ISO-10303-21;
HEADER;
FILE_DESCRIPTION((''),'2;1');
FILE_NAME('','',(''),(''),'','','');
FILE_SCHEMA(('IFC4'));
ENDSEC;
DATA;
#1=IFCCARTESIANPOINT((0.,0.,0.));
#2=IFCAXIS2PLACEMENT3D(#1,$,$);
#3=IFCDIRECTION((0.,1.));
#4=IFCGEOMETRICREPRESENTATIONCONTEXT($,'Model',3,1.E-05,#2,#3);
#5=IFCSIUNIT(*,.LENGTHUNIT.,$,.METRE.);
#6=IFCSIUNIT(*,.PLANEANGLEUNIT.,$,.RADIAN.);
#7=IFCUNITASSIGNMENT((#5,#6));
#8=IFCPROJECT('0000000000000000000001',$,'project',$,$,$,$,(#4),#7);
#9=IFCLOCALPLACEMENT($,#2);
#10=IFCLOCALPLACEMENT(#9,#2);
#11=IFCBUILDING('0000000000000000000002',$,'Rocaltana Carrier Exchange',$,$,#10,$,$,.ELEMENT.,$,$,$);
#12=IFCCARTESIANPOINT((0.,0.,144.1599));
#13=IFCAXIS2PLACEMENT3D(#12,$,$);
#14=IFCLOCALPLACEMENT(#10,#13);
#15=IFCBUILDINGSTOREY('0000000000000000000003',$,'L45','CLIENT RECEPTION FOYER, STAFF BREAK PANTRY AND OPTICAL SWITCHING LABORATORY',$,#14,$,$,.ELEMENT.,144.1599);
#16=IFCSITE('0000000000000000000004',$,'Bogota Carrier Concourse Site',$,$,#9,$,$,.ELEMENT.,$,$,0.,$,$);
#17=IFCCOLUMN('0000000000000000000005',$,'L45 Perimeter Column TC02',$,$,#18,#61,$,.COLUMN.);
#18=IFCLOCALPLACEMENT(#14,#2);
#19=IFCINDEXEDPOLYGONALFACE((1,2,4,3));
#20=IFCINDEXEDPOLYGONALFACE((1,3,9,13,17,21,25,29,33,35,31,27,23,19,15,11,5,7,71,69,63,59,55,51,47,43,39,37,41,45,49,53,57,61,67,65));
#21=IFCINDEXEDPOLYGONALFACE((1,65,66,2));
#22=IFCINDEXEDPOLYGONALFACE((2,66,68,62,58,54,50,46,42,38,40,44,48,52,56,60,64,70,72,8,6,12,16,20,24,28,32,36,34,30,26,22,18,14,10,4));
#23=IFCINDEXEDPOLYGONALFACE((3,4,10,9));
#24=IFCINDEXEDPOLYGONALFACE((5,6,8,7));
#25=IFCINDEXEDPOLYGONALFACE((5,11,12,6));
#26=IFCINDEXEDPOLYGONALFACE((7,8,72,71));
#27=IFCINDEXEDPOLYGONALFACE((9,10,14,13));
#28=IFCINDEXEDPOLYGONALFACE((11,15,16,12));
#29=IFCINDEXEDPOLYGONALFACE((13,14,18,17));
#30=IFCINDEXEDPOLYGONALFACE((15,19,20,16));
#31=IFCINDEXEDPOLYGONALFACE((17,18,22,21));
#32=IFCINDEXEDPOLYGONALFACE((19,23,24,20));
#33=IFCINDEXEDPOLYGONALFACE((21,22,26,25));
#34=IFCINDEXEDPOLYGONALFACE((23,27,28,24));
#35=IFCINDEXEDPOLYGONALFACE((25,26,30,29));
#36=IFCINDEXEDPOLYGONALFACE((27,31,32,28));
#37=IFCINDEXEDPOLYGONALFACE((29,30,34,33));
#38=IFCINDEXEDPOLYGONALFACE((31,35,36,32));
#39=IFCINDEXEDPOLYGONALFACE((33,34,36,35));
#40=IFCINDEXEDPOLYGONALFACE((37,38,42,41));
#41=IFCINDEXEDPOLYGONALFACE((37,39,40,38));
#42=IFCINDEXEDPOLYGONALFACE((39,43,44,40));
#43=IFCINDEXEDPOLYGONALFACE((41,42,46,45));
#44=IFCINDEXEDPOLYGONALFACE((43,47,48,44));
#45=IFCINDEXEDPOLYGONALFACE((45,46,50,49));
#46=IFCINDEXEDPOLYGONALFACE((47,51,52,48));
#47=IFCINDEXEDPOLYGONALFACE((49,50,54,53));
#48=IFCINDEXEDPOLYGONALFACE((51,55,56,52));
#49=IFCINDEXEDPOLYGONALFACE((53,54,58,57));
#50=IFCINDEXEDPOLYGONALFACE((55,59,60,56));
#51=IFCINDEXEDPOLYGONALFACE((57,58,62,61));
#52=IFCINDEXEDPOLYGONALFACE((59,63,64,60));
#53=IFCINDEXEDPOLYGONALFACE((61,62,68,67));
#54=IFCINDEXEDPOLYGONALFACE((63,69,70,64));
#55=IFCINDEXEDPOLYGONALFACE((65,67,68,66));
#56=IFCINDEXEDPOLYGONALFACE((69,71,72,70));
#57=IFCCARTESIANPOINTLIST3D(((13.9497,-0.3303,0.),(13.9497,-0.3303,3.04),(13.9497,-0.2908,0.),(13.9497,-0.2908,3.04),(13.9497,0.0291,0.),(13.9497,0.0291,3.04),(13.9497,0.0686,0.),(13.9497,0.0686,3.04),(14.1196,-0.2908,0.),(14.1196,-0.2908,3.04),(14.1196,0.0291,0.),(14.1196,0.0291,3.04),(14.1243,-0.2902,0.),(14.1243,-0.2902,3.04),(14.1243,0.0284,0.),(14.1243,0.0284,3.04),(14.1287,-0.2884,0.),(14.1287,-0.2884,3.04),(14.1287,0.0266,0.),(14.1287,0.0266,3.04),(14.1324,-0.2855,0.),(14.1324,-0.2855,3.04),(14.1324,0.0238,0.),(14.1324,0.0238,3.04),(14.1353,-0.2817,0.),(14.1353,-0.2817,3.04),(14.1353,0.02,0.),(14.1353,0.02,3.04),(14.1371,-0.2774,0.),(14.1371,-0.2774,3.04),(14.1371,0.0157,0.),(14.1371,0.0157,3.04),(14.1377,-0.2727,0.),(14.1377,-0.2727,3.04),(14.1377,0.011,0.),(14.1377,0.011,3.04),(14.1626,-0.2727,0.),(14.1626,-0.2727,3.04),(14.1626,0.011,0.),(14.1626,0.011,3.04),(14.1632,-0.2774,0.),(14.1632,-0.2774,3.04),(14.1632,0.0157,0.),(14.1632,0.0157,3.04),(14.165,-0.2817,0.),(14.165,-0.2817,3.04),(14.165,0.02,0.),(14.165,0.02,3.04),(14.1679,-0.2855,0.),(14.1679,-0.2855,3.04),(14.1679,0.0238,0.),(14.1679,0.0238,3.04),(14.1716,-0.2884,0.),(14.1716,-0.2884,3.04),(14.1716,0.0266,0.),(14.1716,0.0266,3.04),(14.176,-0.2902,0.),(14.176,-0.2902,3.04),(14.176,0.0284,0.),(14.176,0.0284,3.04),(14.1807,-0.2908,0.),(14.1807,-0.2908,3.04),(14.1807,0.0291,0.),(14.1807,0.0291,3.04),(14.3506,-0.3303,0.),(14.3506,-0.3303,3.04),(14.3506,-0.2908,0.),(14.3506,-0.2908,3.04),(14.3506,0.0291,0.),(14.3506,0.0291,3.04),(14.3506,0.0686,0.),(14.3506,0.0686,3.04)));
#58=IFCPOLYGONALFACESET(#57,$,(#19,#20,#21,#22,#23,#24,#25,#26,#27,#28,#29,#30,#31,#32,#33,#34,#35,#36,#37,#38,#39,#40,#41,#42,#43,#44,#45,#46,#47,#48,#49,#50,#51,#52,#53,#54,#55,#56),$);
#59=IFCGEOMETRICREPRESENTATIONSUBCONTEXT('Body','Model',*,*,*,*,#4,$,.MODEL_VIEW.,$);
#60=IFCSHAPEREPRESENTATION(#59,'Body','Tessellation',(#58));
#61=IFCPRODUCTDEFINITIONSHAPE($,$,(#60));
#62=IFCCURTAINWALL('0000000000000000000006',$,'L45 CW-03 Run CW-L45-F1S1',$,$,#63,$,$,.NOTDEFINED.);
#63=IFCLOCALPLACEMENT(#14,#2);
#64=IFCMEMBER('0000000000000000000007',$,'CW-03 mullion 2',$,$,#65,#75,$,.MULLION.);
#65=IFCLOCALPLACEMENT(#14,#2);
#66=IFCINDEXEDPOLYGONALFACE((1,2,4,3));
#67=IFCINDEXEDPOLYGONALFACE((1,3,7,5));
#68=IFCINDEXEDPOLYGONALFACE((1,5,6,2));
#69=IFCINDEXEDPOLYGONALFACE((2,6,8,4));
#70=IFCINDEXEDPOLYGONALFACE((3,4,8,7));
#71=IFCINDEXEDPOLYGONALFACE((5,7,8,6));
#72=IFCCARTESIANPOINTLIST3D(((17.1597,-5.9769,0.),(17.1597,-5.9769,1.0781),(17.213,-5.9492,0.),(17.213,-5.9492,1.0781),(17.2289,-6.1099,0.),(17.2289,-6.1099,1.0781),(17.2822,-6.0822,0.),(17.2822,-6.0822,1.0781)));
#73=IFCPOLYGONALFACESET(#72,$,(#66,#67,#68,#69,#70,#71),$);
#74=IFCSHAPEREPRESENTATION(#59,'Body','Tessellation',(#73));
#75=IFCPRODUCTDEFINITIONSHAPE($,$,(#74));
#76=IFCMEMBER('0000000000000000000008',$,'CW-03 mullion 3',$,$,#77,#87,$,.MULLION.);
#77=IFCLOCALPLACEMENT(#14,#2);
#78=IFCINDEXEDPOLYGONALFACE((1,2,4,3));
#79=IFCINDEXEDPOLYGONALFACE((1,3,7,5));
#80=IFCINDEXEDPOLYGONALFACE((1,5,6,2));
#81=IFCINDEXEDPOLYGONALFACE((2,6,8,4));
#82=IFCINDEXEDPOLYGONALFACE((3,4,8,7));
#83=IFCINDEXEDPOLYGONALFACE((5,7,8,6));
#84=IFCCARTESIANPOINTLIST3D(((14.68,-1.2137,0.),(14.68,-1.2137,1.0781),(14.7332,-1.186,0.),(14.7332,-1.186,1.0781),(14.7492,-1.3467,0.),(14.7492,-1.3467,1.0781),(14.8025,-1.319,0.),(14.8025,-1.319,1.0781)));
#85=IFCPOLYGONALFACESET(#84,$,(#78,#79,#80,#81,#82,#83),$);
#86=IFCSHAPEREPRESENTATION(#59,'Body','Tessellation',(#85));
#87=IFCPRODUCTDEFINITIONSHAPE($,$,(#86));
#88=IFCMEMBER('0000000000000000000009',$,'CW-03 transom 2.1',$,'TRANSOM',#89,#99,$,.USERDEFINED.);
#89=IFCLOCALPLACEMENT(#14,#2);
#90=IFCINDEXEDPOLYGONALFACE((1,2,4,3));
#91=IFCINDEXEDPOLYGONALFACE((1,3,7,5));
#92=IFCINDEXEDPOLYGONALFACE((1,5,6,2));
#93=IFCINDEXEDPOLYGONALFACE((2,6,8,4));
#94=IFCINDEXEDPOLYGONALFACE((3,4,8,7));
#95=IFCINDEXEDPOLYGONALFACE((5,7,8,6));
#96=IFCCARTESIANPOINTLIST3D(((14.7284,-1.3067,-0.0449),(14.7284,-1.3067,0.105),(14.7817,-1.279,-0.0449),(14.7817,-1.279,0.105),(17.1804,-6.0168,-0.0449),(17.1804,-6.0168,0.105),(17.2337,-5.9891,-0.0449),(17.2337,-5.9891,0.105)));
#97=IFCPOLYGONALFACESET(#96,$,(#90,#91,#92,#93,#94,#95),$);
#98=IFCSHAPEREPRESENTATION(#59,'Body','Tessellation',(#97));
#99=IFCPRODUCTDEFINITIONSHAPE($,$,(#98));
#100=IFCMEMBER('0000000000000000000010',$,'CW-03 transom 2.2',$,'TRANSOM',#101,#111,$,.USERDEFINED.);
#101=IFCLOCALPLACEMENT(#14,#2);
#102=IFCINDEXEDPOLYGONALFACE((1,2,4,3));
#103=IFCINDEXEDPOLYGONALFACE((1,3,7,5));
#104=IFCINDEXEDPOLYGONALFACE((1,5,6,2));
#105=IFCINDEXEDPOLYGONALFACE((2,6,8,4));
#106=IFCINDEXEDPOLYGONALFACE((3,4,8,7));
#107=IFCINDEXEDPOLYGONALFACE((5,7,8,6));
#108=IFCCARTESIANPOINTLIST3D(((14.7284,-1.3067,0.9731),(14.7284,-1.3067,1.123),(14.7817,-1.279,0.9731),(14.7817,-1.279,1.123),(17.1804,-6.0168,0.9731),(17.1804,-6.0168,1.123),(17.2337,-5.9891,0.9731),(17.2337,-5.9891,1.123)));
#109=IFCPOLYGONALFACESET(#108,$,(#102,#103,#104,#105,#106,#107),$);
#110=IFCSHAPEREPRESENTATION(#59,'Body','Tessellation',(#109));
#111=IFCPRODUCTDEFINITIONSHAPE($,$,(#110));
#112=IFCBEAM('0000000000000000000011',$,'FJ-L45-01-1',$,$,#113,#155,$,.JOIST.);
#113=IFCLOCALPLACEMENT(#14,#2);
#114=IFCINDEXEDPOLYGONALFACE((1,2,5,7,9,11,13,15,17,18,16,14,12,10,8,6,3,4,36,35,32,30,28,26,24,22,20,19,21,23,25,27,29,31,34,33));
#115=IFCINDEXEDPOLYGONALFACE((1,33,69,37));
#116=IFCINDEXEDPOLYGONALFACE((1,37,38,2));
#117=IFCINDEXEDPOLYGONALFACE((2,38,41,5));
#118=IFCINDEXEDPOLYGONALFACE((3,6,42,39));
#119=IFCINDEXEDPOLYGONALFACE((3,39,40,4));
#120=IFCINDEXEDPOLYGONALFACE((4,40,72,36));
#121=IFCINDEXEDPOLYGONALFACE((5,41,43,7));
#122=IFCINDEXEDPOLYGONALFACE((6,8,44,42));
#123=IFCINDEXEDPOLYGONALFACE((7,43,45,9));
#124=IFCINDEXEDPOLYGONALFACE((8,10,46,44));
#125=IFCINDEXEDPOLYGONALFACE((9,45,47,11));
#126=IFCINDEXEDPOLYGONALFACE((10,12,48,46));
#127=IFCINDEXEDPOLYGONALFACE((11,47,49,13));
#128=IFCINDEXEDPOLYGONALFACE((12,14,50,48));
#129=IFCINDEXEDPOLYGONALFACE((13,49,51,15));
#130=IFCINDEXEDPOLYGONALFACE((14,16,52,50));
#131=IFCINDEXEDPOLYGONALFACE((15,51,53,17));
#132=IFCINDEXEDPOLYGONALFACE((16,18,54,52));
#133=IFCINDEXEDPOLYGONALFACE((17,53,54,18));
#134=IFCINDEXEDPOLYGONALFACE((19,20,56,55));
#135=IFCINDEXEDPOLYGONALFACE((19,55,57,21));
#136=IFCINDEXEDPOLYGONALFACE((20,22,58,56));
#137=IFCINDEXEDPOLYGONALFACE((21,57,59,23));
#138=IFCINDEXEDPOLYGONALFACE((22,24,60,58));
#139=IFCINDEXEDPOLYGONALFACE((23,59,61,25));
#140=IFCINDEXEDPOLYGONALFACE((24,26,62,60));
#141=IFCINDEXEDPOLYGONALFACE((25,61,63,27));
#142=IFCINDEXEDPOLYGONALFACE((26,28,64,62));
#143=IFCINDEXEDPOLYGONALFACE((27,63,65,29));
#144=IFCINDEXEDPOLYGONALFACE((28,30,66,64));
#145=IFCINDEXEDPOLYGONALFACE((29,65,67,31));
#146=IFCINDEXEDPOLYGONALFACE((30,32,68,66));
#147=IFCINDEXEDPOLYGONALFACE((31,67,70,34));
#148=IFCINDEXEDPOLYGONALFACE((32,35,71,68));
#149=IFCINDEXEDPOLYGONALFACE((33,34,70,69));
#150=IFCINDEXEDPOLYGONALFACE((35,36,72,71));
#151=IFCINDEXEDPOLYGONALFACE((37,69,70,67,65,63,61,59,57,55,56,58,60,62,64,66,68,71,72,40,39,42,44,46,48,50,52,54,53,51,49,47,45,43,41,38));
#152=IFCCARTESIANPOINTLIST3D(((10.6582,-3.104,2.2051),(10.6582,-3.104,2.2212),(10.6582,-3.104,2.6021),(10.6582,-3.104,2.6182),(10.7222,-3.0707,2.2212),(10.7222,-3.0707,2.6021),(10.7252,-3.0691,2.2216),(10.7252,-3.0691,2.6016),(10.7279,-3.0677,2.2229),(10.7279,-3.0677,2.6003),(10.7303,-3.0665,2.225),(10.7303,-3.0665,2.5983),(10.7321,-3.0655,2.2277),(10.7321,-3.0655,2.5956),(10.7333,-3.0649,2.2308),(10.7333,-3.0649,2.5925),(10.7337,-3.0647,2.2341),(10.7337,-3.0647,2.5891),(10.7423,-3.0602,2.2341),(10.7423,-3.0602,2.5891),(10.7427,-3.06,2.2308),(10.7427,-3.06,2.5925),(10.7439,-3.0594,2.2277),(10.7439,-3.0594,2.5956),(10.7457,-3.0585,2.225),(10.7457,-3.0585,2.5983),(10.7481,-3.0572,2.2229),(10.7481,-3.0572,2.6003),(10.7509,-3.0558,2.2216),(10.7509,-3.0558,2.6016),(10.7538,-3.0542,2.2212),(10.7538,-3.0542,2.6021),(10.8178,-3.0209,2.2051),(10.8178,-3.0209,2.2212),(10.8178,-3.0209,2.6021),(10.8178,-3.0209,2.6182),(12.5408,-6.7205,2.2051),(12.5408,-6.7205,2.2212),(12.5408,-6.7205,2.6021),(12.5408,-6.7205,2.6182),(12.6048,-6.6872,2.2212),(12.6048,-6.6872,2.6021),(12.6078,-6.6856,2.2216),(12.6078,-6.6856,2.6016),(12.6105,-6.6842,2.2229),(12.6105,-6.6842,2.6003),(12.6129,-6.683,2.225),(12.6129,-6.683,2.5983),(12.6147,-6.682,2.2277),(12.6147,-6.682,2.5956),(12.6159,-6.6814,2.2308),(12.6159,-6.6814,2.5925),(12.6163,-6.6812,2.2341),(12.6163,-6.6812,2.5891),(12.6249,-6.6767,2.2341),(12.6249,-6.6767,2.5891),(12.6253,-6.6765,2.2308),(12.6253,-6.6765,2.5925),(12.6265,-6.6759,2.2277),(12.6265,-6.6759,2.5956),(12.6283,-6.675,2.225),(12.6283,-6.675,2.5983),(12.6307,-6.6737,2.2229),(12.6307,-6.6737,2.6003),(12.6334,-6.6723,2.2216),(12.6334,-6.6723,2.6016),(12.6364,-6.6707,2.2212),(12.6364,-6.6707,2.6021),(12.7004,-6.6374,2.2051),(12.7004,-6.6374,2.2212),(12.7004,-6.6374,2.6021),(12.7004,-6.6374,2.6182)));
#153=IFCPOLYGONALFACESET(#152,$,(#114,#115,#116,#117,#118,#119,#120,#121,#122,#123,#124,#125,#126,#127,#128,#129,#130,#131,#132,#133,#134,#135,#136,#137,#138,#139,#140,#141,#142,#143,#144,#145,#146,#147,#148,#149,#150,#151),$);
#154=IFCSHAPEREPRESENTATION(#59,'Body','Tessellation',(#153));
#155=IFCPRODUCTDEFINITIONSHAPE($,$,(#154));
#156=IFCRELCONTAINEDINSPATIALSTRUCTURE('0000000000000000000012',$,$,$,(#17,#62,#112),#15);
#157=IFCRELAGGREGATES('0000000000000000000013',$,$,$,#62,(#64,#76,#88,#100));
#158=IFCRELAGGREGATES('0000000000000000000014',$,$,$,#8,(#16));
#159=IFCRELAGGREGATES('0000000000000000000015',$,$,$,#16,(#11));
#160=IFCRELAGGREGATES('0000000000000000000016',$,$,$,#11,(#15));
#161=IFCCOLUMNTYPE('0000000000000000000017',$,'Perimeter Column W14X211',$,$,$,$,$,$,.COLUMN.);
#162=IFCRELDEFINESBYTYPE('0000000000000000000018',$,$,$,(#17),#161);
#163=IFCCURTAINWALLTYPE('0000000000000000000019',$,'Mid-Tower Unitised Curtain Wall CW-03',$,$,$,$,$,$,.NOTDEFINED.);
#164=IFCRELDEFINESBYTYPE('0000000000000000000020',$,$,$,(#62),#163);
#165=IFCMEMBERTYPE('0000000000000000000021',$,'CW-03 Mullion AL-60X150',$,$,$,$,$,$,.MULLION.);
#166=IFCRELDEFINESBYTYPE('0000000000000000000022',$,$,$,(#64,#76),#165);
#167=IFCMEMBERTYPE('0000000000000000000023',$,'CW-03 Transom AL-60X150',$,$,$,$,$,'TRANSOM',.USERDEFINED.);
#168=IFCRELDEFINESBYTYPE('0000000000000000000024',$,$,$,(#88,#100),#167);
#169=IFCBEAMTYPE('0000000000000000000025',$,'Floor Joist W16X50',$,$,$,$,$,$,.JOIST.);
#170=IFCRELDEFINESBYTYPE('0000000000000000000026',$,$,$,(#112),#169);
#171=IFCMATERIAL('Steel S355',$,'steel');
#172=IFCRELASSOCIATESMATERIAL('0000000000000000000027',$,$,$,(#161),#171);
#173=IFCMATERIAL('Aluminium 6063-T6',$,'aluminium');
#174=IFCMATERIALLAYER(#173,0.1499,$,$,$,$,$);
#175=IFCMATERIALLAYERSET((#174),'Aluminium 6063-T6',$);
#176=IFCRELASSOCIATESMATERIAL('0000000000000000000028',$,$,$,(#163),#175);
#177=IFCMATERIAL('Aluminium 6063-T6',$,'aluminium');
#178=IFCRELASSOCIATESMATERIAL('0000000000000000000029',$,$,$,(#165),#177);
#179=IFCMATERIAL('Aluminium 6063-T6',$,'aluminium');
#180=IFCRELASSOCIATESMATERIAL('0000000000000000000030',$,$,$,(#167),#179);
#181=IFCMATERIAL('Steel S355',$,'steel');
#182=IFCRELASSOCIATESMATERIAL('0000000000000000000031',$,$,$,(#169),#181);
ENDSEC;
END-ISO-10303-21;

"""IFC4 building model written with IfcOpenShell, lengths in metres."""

from ifc_helpers import new_model, si_unit, direction, frame, origin, origin_2d, place, context, subcontext, project, spatial, rectangle, i_section, extrude, material, layer, layer_set, material_profile, profile_set, type_object, element, aggregate, save


model = new_model("IFC4")

# Units and contexts
model_context = context("Model", 3, precision=1e-05, world=origin(), true_north=direction((0.0, 1.0)))
body_context = subcontext(model_context, "Body", "Model", "MODEL_VIEW")
ifc_project = project(units=[si_unit("LENGTHUNIT", "METRE"), si_unit("PLANEANGLEUNIT", "RADIAN")], contexts=[model_context])

# Site, building, storey
site_placement = place(None, origin())
site = spatial("IfcSite", under=ifc_project, at=site_placement, Name="Bogota Carrier Concourse Site", CompositionType="ELEMENT", RefElevation=0.0)
building_placement = place(site_placement, origin())
building = spatial("IfcBuilding", under=site, at=building_placement, Name="Rocaltana Carrier Exchange", CompositionType="ELEMENT")
storey_placement = place(building_placement, frame((0.0, 0.0, 144.1599)))
storey = spatial("IfcBuildingStorey", under=building, at=storey_placement, Name="L45", Description="CLIENT RECEPTION FOYER, STAFF BREAK PANTRY AND OPTICAL SWITCHING LABORATORY", CompositionType="ELEMENT", Elevation=144.1599)

# Column
ifc_material_1 = material(Name="Steel S355", Category="steel")
ifc_material_profile_1 = material_profile(ifc_material_1, i_section(OverallWidth=0.4009, OverallDepth=0.3989, WebThickness=0.0249, FlangeThickness=0.0396, FilletRadius=0.0181, at=origin_2d()), Name="W14X211")
ifc_profile_set_1 = profile_set([ifc_material_profile_1], Name="Steel S355")
column_type = type_object("IfcColumnType", Name="Perimeter Column W14X211", PredefinedType="COLUMN", material=ifc_profile_set_1)
column_placement = place(storey_placement, frame((14.1501, -0.1309, 0.0), z_axis=(0.0, 0.0, 1.0), x_axis=(1.0, 0.0, 0.0)))
element("IfcColumn", 1, at=column_placement, inside=storey, type_object=column_type, Name="L45 Perimeter Column TC02", PredefinedType="COLUMN", context=body_context, shape_type="SweptSolid", body=[
    extrude(i_section(OverallWidth=0.4009, OverallDepth=0.3989, WebThickness=0.0249, FlangeThickness=0.0396, FilletRadius=0.0181, at=origin_2d()), origin(), (0.0, 0.0, 1.0), 3.04),
])

# Curtain wall, members
ifc_material_2 = material(Name="Aluminium 6063-T6", Category="aluminium")
ifc_layer_1 = layer(ifc_material_2, 0.1499)
ifc_layer_set_1 = layer_set([ifc_layer_1], Name="Aluminium 6063-T6")
curtain_wall_type = type_object("IfcCurtainWallType", Name="Mid-Tower Unitised Curtain Wall CW-03", PredefinedType="NOTDEFINED", material=ifc_layer_set_1)
curtain_wall_placement = place(storey_placement, origin())
curtain_wall = element("IfcCurtainWall", 2, at=curtain_wall_placement, inside=storey, type_object=curtain_wall_type, Name="L45 CW-03 Run CW-L45-F1S1", PredefinedType="NOTDEFINED")
ifc_material_3 = material(Name="Aluminium 6063-T6", Category="aluminium")
ifc_material_profile_2 = material_profile(ifc_material_3, rectangle(XDim=0.0601, YDim=0.1499, at=origin_2d()), Name="AL-60X150")
ifc_profile_set_2 = profile_set([ifc_material_profile_2], Name="Aluminium 6063-T6")
member_type_1 = type_object("IfcMemberType", Name="CW-03 Mullion AL-60X150", PredefinedType="MULLION", material=ifc_profile_set_2)
member_1_placement = place(storey_placement, frame((17.2209, -6.0295, 0.0), z_axis=(0.0, 0.0, 1.0), x_axis=(-0.88701, -0.46175, 0.0)))
member_1 = element("IfcMember", 3, at=member_1_placement, type_object=member_type_1, Name="CW-03 mullion 2", PredefinedType="MULLION", context=body_context, shape_type="SweptSolid", body=[
    extrude(rectangle(XDim=0.0601, YDim=0.1499, at=origin_2d()), origin(), (0.0, 0.0, 1.0), 1.0781),
])
member_2_placement = place(storey_placement, frame((14.7412, -1.2664, 0.0), z_axis=(0.0, 0.0, 1.0), x_axis=(-0.88701, -0.46175, 0.0)))
member_2 = element("IfcMember", 4, at=member_2_placement, type_object=member_type_1, Name="CW-03 mullion 3", PredefinedType="MULLION", context=body_context, shape_type="SweptSolid", body=[
    extrude(rectangle(XDim=0.0601, YDim=0.1499, at=origin_2d()), origin(), (0.0, 0.0, 1.0), 1.0781),
])
ifc_material_4 = material(Name="Aluminium 6063-T6", Category="aluminium")
ifc_material_profile_3 = material_profile(ifc_material_4, rectangle(XDim=0.0601, YDim=0.1499, at=origin_2d()), Name="AL-60X150")
ifc_profile_set_3 = profile_set([ifc_material_profile_3], Name="Aluminium 6063-T6")
member_type_2 = type_object("IfcMemberType", Name="CW-03 Transom AL-60X150", ElementType="TRANSOM", PredefinedType="USERDEFINED", material=ifc_profile_set_3)
member_3_placement = place(storey_placement, frame((17.207, -6.0029, 0.03), z_axis=(-0.461757, 0.887007, 0.0), x_axis=(-0.887007, -0.461757, 0.0)))
member_3 = element("IfcMember", 5, at=member_3_placement, type_object=member_type_2, Name="CW-03 transom 2.1", ObjectType="TRANSOM", PredefinedType="USERDEFINED", context=body_context, shape_type="SweptSolid", body=[
    extrude(rectangle(XDim=0.0601, YDim=0.1499, at=origin_2d()), origin(), (0.0, 0.0, 1.0), 5.3101),
])
member_4_placement = place(storey_placement, frame((17.207, -6.0029, 1.0481), z_axis=(-0.461757, 0.887007, 0.0), x_axis=(-0.887007, -0.461757, 0.0)))
member_4 = element("IfcMember", 6, at=member_4_placement, type_object=member_type_2, Name="CW-03 transom 2.2", ObjectType="TRANSOM", PredefinedType="USERDEFINED", context=body_context, shape_type="SweptSolid", body=[
    extrude(rectangle(XDim=0.0601, YDim=0.1499, at=origin_2d()), origin(), (0.0, 0.0, 1.0), 5.3101),
])

# Beam
ifc_material_5 = material(Name="Steel S355", Category="steel")
ifc_material_profile_4 = material_profile(ifc_material_5, i_section(OverallWidth=0.1799, OverallDepth=0.4131, WebThickness=0.0098, FlangeThickness=0.0161, FilletRadius=0.0129, at=origin_2d()), Name="W16X50")
ifc_profile_set_4 = profile_set([ifc_material_profile_4], Name="Steel S355")
beam_type_1 = type_object("IfcBeamType", Name="Floor Joist W16X50", PredefinedType="JOIST", material=ifc_profile_set_4)
beam_1_placement = place(storey_placement, frame((12.6206, -6.679, 2.4116), z_axis=(-0.461741, 0.887015, 0.0), x_axis=(-0.887015, -0.461741, 0.0)))
element("IfcBeam", 7, at=beam_1_placement, inside=storey, type_object=beam_type_1, Name="FJ-L45-01-1", PredefinedType="JOIST", context=body_context, shape_type="SweptSolid", body=[
    extrude(i_section(OverallWidth=0.1799, OverallDepth=0.4131, WebThickness=0.0098, FlangeThickness=0.0161, FilletRadius=0.0129, at=origin_2d()), origin(), (0.0, 0.0, 1.0), 4.0771),
])

aggregate(curtain_wall, [member_1, member_2, member_3, member_4])

save(model, "model.ifc")
